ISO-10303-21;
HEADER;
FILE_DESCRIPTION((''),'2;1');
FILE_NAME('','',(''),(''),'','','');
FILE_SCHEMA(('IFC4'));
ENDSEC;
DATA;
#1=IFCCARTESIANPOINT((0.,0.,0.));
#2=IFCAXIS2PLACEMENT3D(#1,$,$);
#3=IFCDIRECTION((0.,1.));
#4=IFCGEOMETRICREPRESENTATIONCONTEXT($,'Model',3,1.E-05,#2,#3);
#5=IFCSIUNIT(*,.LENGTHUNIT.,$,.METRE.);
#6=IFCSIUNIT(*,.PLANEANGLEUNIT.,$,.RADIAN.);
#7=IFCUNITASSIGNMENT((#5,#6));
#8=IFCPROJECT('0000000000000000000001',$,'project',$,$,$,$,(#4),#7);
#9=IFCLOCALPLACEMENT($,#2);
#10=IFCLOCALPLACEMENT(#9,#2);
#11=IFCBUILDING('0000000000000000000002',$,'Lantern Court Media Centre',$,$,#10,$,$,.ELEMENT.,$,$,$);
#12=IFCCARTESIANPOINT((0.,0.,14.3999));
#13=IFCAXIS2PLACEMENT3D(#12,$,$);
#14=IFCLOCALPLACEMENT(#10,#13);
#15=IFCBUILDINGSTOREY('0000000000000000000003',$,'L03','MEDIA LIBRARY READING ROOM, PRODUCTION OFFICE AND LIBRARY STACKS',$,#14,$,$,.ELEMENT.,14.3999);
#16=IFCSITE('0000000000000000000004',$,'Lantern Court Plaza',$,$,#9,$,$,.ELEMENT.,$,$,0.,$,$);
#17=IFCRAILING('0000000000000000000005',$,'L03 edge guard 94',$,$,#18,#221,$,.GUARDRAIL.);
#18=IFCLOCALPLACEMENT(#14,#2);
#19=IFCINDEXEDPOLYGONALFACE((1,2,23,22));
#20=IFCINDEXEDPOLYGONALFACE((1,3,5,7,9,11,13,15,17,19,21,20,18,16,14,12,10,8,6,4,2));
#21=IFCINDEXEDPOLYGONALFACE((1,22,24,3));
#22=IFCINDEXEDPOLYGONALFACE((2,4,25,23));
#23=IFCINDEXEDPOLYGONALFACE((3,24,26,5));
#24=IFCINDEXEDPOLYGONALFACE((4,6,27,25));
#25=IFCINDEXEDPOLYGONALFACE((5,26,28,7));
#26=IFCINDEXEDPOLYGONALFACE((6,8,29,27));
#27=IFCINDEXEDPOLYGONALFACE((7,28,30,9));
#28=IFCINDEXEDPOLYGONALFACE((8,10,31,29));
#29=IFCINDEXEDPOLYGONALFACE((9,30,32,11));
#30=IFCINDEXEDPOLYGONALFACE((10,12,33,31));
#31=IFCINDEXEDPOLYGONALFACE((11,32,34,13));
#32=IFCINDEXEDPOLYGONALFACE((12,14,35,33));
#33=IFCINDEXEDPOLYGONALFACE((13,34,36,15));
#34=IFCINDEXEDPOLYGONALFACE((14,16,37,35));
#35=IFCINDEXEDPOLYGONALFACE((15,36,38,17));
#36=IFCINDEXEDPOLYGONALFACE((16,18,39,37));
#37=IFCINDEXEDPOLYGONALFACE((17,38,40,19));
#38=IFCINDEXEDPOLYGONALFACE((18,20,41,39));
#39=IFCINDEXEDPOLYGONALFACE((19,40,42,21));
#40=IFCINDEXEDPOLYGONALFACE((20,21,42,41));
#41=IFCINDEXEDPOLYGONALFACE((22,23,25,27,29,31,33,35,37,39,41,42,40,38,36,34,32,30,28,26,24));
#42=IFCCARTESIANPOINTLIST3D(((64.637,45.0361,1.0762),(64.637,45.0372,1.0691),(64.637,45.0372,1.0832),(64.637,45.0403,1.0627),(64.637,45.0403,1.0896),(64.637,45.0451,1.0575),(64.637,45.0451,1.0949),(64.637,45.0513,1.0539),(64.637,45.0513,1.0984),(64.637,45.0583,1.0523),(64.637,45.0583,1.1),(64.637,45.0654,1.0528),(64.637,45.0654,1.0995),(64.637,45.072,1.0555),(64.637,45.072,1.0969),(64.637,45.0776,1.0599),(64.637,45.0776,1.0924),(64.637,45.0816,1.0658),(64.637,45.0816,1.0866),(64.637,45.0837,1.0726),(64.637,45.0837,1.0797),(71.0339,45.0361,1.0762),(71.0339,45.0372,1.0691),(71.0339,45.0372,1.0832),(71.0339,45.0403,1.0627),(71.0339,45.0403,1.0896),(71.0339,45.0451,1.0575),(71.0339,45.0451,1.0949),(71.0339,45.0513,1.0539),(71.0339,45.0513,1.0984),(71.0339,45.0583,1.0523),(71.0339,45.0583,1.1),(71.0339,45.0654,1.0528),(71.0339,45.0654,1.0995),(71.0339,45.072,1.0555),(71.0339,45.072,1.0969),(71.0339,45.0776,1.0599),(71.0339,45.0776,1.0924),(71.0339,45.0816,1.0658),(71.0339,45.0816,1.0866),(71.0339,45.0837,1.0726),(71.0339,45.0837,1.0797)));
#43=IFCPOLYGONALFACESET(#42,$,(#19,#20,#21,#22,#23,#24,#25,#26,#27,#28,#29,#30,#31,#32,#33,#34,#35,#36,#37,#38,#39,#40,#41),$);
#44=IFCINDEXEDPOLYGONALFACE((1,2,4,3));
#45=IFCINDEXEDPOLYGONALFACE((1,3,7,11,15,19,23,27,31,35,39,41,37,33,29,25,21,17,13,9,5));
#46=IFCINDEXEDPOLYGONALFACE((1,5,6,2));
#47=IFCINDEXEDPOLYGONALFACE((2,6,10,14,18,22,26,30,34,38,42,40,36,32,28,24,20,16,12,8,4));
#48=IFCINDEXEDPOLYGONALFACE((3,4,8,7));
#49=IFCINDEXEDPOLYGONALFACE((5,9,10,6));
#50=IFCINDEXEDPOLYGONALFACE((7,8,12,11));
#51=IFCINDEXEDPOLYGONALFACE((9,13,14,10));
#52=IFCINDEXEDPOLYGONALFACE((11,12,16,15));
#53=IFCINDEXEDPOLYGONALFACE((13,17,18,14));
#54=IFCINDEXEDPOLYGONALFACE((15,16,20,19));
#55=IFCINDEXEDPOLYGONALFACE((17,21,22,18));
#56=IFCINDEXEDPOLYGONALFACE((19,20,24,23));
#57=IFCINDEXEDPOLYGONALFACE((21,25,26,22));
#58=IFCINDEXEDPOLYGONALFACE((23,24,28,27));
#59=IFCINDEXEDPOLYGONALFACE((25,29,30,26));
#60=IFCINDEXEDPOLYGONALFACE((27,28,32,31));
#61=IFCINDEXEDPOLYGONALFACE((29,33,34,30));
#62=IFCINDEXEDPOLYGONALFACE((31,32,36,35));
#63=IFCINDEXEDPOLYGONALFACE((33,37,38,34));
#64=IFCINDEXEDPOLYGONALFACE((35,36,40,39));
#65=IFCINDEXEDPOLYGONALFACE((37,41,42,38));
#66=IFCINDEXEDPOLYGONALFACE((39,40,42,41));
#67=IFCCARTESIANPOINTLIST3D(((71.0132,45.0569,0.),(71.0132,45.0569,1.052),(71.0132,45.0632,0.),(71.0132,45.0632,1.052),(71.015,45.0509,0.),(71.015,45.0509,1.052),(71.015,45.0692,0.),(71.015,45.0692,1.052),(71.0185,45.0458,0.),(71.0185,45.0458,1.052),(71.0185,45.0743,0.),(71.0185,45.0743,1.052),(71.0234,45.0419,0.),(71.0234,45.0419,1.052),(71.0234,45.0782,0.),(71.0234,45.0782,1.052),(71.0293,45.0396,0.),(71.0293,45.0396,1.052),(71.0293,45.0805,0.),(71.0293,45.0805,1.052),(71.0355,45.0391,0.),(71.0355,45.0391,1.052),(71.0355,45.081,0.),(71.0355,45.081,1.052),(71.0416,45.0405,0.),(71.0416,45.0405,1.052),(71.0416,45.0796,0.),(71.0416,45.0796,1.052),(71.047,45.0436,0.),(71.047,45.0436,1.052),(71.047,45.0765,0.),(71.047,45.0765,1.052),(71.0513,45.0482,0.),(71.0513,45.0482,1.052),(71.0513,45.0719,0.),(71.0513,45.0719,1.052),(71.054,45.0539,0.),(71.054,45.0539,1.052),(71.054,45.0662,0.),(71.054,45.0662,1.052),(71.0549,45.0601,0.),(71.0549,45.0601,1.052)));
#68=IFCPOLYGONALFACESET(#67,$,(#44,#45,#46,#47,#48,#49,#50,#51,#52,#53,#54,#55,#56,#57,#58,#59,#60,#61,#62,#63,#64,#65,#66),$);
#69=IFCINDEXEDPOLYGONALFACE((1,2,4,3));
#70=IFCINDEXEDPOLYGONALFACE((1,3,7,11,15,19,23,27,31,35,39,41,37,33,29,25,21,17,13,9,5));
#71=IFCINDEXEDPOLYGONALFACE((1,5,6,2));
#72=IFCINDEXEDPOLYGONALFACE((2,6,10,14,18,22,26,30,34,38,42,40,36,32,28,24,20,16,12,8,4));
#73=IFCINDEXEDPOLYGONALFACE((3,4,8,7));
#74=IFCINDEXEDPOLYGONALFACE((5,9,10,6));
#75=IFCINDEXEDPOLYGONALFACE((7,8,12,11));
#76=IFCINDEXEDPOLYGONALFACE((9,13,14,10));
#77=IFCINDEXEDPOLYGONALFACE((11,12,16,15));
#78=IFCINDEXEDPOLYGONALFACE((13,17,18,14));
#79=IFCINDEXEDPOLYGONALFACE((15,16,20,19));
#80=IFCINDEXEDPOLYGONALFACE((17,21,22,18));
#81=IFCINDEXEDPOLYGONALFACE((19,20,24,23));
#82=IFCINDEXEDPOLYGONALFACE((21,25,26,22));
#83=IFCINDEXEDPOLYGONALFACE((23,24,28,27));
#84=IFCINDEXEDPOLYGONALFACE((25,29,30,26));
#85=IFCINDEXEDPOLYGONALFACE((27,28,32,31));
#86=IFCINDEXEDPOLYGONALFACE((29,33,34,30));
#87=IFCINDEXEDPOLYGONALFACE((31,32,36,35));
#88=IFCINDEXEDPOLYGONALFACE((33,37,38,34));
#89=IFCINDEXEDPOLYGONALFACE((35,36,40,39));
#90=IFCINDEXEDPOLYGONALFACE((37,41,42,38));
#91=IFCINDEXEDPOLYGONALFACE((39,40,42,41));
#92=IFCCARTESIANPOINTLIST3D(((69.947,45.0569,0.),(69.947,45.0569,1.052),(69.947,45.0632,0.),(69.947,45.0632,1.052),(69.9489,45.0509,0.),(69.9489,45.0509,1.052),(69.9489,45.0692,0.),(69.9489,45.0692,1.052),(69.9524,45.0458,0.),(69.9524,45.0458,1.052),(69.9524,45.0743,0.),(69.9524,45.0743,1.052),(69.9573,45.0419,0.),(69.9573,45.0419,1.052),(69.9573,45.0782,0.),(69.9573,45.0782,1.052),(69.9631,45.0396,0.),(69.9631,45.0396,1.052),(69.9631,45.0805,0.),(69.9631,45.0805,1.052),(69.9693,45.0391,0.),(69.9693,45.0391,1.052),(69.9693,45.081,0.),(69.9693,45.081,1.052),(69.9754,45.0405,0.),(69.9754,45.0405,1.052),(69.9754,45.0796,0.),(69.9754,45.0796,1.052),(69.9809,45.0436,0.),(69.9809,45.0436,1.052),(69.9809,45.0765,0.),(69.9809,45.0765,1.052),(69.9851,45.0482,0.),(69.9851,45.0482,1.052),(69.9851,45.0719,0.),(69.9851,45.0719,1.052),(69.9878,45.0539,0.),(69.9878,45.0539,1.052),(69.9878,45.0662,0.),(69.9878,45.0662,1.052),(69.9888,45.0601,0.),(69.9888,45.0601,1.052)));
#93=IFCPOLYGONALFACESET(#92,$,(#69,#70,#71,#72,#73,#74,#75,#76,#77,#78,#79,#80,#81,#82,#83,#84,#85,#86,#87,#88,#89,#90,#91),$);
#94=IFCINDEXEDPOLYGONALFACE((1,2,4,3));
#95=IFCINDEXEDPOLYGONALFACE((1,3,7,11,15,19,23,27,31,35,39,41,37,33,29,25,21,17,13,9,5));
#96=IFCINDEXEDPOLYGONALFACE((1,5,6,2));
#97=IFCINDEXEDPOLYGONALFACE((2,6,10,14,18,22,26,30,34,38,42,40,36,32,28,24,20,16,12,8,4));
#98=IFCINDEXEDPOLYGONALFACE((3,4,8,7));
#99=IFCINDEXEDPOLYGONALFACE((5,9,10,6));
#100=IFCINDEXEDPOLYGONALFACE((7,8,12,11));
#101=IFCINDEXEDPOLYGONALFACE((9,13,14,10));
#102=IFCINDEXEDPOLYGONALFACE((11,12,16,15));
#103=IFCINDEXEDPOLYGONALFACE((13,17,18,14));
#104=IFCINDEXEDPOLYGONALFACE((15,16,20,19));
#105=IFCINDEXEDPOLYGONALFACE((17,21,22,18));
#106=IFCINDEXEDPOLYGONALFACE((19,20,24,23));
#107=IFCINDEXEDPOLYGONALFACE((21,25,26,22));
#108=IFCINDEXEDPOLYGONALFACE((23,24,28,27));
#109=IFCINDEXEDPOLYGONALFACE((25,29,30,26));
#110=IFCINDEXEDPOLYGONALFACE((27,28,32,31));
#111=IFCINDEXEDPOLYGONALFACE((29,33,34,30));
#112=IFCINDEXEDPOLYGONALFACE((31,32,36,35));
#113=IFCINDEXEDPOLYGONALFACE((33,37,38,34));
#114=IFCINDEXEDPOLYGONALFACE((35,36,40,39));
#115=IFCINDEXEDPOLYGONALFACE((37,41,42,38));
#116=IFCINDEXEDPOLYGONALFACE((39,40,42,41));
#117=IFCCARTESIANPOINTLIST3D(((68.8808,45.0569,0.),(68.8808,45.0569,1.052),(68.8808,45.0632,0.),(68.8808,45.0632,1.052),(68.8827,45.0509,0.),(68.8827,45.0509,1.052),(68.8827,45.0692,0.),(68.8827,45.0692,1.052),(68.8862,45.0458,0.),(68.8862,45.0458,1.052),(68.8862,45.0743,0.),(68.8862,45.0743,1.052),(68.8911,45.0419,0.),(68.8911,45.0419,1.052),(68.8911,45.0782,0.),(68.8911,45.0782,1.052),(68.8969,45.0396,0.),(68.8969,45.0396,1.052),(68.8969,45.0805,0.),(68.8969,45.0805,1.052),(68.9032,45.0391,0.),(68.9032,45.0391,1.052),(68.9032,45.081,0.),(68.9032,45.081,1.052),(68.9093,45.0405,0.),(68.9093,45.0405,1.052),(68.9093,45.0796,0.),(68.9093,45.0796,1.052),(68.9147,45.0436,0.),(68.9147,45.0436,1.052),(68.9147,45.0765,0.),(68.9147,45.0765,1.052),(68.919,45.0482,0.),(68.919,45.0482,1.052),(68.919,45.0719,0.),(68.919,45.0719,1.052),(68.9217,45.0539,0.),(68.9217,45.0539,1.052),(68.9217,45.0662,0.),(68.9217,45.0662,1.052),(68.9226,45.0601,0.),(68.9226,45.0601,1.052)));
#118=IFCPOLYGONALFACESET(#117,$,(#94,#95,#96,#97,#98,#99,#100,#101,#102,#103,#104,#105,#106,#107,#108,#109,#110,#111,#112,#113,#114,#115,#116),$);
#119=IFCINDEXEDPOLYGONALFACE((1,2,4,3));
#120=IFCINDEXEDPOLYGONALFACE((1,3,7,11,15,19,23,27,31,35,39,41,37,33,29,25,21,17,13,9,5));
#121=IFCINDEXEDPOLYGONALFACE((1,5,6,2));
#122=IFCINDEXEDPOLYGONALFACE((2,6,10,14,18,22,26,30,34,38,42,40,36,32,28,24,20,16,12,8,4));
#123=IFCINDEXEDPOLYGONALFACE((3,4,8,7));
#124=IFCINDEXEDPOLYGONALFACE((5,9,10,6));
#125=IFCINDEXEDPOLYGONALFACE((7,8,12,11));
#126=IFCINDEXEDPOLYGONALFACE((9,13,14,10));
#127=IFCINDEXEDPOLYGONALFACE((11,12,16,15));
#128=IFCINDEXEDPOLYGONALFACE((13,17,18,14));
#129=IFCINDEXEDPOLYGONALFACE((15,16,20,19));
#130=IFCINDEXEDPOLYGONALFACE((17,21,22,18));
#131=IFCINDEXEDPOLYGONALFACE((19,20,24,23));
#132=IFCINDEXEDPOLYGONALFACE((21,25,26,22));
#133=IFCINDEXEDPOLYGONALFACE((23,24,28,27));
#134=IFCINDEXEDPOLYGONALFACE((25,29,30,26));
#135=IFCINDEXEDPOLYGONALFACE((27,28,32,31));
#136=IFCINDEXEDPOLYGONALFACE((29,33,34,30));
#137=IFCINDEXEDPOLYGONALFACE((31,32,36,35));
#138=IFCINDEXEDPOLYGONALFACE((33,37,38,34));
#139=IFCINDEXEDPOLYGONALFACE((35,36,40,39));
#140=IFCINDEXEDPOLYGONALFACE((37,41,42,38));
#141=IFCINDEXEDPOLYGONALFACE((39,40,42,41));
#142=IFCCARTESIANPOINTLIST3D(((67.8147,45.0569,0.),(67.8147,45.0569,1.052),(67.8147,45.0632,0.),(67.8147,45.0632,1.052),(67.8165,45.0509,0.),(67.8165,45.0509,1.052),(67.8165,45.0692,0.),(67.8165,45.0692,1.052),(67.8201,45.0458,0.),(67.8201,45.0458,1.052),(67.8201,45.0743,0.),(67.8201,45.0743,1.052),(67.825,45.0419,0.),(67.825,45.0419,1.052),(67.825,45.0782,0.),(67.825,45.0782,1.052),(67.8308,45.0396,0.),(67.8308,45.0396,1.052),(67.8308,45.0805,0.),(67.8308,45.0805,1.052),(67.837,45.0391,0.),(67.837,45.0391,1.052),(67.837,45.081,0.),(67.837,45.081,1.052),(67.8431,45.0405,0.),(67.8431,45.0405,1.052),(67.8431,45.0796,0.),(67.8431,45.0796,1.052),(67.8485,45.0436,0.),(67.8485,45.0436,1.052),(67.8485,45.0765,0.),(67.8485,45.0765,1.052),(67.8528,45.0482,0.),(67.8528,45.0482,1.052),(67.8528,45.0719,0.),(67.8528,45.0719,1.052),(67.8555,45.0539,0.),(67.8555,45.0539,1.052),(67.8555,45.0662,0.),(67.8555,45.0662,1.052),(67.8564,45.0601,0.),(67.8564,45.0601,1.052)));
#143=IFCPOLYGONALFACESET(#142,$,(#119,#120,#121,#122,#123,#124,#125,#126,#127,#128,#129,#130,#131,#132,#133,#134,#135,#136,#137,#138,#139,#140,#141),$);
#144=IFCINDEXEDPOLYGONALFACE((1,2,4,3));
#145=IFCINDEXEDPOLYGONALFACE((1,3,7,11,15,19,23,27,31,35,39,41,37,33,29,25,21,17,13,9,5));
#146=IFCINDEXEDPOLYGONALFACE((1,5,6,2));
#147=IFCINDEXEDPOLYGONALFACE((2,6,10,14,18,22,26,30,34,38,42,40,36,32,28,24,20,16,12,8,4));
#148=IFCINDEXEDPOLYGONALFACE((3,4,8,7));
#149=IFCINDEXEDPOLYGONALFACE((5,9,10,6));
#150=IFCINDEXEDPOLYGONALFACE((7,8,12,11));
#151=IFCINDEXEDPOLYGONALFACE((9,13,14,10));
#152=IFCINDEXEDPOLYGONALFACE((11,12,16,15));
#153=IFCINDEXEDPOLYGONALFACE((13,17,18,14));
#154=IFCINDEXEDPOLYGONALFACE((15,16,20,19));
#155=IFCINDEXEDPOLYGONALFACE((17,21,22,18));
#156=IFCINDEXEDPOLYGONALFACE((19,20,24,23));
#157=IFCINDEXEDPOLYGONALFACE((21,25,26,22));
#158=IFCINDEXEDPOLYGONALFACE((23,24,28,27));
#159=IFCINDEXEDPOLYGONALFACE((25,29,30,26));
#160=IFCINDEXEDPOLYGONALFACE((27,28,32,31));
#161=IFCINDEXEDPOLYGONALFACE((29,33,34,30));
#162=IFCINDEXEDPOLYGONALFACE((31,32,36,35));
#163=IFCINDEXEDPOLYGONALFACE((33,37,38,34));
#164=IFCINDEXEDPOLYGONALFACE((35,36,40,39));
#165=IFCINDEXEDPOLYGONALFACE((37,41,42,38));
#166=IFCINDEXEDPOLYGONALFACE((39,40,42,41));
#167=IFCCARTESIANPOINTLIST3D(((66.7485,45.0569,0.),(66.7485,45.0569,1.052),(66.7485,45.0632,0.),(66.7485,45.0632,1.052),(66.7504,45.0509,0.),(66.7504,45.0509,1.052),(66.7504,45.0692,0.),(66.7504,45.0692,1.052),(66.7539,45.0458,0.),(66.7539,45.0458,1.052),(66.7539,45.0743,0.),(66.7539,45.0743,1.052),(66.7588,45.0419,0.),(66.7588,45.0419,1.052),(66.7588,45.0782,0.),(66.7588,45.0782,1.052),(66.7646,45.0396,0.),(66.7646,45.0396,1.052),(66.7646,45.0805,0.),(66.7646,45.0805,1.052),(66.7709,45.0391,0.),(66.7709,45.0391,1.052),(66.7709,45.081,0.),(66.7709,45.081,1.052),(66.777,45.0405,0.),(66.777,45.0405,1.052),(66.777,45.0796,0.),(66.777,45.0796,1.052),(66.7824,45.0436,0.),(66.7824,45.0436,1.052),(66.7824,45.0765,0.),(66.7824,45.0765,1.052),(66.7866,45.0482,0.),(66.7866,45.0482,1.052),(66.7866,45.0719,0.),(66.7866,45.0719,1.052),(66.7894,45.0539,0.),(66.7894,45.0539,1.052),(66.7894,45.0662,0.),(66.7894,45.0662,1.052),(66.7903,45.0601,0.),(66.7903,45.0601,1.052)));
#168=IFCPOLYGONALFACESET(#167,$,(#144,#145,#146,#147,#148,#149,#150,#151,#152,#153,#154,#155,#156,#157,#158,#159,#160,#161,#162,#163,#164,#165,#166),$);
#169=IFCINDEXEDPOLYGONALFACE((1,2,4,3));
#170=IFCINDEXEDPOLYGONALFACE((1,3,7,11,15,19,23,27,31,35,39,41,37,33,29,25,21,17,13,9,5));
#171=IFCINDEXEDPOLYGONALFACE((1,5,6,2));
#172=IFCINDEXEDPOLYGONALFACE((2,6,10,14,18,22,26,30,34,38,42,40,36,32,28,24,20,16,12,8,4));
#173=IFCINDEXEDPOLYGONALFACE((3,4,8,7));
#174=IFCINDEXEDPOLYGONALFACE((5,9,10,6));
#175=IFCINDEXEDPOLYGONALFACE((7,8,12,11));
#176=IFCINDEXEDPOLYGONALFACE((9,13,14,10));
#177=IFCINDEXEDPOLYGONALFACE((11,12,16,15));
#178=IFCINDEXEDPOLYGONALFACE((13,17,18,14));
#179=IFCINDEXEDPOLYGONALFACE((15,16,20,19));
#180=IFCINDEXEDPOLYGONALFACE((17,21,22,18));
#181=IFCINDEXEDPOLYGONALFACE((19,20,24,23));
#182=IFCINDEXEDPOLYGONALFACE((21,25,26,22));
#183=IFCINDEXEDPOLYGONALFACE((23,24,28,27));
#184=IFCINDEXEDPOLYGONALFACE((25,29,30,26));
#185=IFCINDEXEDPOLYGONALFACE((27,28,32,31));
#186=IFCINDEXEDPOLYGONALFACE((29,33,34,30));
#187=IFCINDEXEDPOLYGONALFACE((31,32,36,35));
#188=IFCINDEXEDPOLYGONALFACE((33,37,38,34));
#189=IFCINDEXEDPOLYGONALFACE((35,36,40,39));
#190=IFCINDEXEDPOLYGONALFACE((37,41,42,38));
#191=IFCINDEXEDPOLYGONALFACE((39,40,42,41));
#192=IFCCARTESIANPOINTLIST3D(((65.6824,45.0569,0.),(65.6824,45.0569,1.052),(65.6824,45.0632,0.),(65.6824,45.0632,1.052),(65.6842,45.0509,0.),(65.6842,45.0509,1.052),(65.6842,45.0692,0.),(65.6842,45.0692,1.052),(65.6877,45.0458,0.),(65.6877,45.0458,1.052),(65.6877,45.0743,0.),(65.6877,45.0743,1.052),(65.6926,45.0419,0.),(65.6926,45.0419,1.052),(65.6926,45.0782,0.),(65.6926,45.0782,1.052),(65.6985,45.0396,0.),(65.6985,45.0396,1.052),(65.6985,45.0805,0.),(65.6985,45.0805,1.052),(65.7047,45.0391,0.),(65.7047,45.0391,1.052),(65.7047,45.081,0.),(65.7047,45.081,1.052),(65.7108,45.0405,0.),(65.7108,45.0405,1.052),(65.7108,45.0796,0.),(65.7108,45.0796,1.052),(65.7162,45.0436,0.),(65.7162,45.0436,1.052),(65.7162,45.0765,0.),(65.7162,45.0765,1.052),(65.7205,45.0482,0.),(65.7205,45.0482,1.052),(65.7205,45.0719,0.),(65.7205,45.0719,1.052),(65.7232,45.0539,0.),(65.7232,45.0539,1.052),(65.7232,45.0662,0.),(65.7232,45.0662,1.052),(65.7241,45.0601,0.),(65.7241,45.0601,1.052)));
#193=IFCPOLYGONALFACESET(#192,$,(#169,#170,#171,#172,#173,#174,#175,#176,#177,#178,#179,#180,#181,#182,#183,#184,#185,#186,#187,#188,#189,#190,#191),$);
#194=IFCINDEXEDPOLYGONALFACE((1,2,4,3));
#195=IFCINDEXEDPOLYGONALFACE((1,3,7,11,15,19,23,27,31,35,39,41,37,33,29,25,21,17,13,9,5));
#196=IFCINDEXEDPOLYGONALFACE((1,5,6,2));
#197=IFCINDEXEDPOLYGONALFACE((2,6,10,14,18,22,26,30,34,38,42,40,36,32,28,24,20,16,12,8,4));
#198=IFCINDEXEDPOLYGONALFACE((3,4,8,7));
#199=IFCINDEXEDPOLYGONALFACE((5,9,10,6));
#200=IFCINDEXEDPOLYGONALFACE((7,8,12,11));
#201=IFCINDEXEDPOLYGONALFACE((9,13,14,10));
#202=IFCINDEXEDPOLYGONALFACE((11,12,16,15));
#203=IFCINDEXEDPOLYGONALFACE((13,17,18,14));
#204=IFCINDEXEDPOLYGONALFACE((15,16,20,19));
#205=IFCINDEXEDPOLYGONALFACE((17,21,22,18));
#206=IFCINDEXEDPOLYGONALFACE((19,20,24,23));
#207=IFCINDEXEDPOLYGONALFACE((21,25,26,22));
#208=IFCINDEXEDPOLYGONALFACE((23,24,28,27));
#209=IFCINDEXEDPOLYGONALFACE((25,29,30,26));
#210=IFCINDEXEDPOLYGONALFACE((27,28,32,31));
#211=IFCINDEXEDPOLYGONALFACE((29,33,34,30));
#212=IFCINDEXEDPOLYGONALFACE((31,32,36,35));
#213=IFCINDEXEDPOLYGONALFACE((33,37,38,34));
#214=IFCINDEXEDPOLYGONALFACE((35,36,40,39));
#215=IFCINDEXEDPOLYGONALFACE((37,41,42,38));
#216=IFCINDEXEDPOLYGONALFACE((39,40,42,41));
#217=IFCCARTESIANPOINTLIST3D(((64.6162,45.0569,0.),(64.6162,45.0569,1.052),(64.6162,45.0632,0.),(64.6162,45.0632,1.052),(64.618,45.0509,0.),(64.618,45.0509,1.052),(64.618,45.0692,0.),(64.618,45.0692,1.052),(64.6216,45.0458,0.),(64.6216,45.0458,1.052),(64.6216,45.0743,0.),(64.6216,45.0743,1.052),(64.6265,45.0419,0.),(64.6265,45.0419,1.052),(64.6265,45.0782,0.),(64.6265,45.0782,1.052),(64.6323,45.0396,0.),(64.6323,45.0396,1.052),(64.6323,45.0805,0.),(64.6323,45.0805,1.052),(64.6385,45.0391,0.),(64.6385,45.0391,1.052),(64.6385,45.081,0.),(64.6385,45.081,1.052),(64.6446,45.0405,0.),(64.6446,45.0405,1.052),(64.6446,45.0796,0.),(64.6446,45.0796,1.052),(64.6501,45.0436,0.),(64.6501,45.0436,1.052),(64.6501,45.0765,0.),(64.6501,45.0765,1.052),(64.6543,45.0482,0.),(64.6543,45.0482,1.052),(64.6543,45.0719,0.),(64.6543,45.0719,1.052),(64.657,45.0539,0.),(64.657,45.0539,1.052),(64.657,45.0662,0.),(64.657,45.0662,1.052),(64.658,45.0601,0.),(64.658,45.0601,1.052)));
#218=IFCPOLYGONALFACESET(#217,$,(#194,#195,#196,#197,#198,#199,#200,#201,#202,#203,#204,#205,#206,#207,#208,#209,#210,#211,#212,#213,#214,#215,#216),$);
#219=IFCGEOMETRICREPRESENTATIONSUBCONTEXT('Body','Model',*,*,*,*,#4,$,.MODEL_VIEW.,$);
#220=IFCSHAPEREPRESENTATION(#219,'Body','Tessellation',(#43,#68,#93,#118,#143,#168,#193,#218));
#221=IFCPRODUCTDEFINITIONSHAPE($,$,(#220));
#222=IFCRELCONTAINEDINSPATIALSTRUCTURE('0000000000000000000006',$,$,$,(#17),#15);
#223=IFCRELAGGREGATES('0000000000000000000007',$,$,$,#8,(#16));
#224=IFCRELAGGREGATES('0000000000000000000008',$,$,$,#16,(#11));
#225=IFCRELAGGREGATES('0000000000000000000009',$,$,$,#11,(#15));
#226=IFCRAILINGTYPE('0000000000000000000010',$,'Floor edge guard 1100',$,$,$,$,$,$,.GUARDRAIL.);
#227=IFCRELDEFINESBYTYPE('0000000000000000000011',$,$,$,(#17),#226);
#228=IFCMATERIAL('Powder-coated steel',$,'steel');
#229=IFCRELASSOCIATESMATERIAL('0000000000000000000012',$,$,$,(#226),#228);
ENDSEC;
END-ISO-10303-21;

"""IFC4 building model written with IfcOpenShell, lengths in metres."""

from ifc_helpers import new_model, si_unit, direction, frame, origin, origin_2d, place, context, subcontext, project, spatial, circle, extrude, material, type_object, element, save


model = new_model("IFC4")

# Units and contexts
model_context = context("Model", 3, precision=1e-05, world=origin(), true_north=direction((0.0, 1.0)))
body_context = subcontext(model_context, "Body", "Model", "MODEL_VIEW")
ifc_project = project(units=[si_unit("LENGTHUNIT", "METRE"), si_unit("PLANEANGLEUNIT", "RADIAN")], contexts=[model_context])

# Site, building, storey
site_placement = place(None, origin())
site = spatial("IfcSite", under=ifc_project, at=site_placement, Name="Lantern Court Plaza", CompositionType="ELEMENT", RefElevation=0.0)
building_placement = place(site_placement, origin())
building = spatial("IfcBuilding", under=site, at=building_placement, Name="Lantern Court Media Centre", CompositionType="ELEMENT")
storey_placement = place(building_placement, frame((0.0, 0.0, 14.3999)))
storey = spatial("IfcBuildingStorey", under=building, at=storey_placement, Name="L03", Description="MEDIA LIBRARY READING ROOM, PRODUCTION OFFICE AND LIBRARY STACKS", CompositionType="ELEMENT", Elevation=14.3999)

# Railing
ifc_material_1 = material(Name="Powder-coated steel", Category="steel")
railing_type = type_object("IfcRailingType", Name="Floor edge guard 1100", PredefinedType="GUARDRAIL", material=ifc_material_1)
railing_placement = place(storey_placement, frame((71.0339, 45.0601, 0.0)))
element("IfcRailing", 1, at=railing_placement, inside=storey, type_object=railing_type, Name="L03 edge guard 94", PredefinedType="GUARDRAIL", context=body_context, shape_type="SweptSolid", body=[
    extrude(circle(Radius=0.0239, at=origin_2d()), frame((0.0, 0.0, 1.0762), z_axis=(-1.0, 0.0, 0.0), x_axis=(0.0, -1.0, 0.0)), (0.0, 0.0, 1.0), 6.397),
    extrude(circle(Radius=0.021, at=origin_2d()), origin(), (0.0, 0.0, 1.0), 1.052),
    extrude(circle(Radius=0.021, at=origin_2d()), frame((-1.0662, 0.0, 0.0)), (0.0, 0.0, 1.0), 1.052),
    extrude(circle(Radius=0.021, at=origin_2d()), frame((-2.1323, 0.0, 0.0)), (0.0, 0.0, 1.0), 1.052),
    extrude(circle(Radius=0.021, at=origin_2d()), frame((-3.1985, 0.0, 0.0)), (0.0, 0.0, 1.0), 1.052),
    extrude(circle(Radius=0.021, at=origin_2d()), frame((-4.2646, 0.0, 0.0)), (0.0, 0.0, 1.0), 1.052),
    extrude(circle(Radius=0.021, at=origin_2d()), frame((-5.3308, 0.0, 0.0)), (0.0, 0.0, 1.0), 1.052),
    extrude(circle(Radius=0.021, at=origin_2d()), frame((-6.397, 0.0, 0.0)), (0.0, 0.0, 1.0), 1.052),
])

save(model, "model.ifc")
